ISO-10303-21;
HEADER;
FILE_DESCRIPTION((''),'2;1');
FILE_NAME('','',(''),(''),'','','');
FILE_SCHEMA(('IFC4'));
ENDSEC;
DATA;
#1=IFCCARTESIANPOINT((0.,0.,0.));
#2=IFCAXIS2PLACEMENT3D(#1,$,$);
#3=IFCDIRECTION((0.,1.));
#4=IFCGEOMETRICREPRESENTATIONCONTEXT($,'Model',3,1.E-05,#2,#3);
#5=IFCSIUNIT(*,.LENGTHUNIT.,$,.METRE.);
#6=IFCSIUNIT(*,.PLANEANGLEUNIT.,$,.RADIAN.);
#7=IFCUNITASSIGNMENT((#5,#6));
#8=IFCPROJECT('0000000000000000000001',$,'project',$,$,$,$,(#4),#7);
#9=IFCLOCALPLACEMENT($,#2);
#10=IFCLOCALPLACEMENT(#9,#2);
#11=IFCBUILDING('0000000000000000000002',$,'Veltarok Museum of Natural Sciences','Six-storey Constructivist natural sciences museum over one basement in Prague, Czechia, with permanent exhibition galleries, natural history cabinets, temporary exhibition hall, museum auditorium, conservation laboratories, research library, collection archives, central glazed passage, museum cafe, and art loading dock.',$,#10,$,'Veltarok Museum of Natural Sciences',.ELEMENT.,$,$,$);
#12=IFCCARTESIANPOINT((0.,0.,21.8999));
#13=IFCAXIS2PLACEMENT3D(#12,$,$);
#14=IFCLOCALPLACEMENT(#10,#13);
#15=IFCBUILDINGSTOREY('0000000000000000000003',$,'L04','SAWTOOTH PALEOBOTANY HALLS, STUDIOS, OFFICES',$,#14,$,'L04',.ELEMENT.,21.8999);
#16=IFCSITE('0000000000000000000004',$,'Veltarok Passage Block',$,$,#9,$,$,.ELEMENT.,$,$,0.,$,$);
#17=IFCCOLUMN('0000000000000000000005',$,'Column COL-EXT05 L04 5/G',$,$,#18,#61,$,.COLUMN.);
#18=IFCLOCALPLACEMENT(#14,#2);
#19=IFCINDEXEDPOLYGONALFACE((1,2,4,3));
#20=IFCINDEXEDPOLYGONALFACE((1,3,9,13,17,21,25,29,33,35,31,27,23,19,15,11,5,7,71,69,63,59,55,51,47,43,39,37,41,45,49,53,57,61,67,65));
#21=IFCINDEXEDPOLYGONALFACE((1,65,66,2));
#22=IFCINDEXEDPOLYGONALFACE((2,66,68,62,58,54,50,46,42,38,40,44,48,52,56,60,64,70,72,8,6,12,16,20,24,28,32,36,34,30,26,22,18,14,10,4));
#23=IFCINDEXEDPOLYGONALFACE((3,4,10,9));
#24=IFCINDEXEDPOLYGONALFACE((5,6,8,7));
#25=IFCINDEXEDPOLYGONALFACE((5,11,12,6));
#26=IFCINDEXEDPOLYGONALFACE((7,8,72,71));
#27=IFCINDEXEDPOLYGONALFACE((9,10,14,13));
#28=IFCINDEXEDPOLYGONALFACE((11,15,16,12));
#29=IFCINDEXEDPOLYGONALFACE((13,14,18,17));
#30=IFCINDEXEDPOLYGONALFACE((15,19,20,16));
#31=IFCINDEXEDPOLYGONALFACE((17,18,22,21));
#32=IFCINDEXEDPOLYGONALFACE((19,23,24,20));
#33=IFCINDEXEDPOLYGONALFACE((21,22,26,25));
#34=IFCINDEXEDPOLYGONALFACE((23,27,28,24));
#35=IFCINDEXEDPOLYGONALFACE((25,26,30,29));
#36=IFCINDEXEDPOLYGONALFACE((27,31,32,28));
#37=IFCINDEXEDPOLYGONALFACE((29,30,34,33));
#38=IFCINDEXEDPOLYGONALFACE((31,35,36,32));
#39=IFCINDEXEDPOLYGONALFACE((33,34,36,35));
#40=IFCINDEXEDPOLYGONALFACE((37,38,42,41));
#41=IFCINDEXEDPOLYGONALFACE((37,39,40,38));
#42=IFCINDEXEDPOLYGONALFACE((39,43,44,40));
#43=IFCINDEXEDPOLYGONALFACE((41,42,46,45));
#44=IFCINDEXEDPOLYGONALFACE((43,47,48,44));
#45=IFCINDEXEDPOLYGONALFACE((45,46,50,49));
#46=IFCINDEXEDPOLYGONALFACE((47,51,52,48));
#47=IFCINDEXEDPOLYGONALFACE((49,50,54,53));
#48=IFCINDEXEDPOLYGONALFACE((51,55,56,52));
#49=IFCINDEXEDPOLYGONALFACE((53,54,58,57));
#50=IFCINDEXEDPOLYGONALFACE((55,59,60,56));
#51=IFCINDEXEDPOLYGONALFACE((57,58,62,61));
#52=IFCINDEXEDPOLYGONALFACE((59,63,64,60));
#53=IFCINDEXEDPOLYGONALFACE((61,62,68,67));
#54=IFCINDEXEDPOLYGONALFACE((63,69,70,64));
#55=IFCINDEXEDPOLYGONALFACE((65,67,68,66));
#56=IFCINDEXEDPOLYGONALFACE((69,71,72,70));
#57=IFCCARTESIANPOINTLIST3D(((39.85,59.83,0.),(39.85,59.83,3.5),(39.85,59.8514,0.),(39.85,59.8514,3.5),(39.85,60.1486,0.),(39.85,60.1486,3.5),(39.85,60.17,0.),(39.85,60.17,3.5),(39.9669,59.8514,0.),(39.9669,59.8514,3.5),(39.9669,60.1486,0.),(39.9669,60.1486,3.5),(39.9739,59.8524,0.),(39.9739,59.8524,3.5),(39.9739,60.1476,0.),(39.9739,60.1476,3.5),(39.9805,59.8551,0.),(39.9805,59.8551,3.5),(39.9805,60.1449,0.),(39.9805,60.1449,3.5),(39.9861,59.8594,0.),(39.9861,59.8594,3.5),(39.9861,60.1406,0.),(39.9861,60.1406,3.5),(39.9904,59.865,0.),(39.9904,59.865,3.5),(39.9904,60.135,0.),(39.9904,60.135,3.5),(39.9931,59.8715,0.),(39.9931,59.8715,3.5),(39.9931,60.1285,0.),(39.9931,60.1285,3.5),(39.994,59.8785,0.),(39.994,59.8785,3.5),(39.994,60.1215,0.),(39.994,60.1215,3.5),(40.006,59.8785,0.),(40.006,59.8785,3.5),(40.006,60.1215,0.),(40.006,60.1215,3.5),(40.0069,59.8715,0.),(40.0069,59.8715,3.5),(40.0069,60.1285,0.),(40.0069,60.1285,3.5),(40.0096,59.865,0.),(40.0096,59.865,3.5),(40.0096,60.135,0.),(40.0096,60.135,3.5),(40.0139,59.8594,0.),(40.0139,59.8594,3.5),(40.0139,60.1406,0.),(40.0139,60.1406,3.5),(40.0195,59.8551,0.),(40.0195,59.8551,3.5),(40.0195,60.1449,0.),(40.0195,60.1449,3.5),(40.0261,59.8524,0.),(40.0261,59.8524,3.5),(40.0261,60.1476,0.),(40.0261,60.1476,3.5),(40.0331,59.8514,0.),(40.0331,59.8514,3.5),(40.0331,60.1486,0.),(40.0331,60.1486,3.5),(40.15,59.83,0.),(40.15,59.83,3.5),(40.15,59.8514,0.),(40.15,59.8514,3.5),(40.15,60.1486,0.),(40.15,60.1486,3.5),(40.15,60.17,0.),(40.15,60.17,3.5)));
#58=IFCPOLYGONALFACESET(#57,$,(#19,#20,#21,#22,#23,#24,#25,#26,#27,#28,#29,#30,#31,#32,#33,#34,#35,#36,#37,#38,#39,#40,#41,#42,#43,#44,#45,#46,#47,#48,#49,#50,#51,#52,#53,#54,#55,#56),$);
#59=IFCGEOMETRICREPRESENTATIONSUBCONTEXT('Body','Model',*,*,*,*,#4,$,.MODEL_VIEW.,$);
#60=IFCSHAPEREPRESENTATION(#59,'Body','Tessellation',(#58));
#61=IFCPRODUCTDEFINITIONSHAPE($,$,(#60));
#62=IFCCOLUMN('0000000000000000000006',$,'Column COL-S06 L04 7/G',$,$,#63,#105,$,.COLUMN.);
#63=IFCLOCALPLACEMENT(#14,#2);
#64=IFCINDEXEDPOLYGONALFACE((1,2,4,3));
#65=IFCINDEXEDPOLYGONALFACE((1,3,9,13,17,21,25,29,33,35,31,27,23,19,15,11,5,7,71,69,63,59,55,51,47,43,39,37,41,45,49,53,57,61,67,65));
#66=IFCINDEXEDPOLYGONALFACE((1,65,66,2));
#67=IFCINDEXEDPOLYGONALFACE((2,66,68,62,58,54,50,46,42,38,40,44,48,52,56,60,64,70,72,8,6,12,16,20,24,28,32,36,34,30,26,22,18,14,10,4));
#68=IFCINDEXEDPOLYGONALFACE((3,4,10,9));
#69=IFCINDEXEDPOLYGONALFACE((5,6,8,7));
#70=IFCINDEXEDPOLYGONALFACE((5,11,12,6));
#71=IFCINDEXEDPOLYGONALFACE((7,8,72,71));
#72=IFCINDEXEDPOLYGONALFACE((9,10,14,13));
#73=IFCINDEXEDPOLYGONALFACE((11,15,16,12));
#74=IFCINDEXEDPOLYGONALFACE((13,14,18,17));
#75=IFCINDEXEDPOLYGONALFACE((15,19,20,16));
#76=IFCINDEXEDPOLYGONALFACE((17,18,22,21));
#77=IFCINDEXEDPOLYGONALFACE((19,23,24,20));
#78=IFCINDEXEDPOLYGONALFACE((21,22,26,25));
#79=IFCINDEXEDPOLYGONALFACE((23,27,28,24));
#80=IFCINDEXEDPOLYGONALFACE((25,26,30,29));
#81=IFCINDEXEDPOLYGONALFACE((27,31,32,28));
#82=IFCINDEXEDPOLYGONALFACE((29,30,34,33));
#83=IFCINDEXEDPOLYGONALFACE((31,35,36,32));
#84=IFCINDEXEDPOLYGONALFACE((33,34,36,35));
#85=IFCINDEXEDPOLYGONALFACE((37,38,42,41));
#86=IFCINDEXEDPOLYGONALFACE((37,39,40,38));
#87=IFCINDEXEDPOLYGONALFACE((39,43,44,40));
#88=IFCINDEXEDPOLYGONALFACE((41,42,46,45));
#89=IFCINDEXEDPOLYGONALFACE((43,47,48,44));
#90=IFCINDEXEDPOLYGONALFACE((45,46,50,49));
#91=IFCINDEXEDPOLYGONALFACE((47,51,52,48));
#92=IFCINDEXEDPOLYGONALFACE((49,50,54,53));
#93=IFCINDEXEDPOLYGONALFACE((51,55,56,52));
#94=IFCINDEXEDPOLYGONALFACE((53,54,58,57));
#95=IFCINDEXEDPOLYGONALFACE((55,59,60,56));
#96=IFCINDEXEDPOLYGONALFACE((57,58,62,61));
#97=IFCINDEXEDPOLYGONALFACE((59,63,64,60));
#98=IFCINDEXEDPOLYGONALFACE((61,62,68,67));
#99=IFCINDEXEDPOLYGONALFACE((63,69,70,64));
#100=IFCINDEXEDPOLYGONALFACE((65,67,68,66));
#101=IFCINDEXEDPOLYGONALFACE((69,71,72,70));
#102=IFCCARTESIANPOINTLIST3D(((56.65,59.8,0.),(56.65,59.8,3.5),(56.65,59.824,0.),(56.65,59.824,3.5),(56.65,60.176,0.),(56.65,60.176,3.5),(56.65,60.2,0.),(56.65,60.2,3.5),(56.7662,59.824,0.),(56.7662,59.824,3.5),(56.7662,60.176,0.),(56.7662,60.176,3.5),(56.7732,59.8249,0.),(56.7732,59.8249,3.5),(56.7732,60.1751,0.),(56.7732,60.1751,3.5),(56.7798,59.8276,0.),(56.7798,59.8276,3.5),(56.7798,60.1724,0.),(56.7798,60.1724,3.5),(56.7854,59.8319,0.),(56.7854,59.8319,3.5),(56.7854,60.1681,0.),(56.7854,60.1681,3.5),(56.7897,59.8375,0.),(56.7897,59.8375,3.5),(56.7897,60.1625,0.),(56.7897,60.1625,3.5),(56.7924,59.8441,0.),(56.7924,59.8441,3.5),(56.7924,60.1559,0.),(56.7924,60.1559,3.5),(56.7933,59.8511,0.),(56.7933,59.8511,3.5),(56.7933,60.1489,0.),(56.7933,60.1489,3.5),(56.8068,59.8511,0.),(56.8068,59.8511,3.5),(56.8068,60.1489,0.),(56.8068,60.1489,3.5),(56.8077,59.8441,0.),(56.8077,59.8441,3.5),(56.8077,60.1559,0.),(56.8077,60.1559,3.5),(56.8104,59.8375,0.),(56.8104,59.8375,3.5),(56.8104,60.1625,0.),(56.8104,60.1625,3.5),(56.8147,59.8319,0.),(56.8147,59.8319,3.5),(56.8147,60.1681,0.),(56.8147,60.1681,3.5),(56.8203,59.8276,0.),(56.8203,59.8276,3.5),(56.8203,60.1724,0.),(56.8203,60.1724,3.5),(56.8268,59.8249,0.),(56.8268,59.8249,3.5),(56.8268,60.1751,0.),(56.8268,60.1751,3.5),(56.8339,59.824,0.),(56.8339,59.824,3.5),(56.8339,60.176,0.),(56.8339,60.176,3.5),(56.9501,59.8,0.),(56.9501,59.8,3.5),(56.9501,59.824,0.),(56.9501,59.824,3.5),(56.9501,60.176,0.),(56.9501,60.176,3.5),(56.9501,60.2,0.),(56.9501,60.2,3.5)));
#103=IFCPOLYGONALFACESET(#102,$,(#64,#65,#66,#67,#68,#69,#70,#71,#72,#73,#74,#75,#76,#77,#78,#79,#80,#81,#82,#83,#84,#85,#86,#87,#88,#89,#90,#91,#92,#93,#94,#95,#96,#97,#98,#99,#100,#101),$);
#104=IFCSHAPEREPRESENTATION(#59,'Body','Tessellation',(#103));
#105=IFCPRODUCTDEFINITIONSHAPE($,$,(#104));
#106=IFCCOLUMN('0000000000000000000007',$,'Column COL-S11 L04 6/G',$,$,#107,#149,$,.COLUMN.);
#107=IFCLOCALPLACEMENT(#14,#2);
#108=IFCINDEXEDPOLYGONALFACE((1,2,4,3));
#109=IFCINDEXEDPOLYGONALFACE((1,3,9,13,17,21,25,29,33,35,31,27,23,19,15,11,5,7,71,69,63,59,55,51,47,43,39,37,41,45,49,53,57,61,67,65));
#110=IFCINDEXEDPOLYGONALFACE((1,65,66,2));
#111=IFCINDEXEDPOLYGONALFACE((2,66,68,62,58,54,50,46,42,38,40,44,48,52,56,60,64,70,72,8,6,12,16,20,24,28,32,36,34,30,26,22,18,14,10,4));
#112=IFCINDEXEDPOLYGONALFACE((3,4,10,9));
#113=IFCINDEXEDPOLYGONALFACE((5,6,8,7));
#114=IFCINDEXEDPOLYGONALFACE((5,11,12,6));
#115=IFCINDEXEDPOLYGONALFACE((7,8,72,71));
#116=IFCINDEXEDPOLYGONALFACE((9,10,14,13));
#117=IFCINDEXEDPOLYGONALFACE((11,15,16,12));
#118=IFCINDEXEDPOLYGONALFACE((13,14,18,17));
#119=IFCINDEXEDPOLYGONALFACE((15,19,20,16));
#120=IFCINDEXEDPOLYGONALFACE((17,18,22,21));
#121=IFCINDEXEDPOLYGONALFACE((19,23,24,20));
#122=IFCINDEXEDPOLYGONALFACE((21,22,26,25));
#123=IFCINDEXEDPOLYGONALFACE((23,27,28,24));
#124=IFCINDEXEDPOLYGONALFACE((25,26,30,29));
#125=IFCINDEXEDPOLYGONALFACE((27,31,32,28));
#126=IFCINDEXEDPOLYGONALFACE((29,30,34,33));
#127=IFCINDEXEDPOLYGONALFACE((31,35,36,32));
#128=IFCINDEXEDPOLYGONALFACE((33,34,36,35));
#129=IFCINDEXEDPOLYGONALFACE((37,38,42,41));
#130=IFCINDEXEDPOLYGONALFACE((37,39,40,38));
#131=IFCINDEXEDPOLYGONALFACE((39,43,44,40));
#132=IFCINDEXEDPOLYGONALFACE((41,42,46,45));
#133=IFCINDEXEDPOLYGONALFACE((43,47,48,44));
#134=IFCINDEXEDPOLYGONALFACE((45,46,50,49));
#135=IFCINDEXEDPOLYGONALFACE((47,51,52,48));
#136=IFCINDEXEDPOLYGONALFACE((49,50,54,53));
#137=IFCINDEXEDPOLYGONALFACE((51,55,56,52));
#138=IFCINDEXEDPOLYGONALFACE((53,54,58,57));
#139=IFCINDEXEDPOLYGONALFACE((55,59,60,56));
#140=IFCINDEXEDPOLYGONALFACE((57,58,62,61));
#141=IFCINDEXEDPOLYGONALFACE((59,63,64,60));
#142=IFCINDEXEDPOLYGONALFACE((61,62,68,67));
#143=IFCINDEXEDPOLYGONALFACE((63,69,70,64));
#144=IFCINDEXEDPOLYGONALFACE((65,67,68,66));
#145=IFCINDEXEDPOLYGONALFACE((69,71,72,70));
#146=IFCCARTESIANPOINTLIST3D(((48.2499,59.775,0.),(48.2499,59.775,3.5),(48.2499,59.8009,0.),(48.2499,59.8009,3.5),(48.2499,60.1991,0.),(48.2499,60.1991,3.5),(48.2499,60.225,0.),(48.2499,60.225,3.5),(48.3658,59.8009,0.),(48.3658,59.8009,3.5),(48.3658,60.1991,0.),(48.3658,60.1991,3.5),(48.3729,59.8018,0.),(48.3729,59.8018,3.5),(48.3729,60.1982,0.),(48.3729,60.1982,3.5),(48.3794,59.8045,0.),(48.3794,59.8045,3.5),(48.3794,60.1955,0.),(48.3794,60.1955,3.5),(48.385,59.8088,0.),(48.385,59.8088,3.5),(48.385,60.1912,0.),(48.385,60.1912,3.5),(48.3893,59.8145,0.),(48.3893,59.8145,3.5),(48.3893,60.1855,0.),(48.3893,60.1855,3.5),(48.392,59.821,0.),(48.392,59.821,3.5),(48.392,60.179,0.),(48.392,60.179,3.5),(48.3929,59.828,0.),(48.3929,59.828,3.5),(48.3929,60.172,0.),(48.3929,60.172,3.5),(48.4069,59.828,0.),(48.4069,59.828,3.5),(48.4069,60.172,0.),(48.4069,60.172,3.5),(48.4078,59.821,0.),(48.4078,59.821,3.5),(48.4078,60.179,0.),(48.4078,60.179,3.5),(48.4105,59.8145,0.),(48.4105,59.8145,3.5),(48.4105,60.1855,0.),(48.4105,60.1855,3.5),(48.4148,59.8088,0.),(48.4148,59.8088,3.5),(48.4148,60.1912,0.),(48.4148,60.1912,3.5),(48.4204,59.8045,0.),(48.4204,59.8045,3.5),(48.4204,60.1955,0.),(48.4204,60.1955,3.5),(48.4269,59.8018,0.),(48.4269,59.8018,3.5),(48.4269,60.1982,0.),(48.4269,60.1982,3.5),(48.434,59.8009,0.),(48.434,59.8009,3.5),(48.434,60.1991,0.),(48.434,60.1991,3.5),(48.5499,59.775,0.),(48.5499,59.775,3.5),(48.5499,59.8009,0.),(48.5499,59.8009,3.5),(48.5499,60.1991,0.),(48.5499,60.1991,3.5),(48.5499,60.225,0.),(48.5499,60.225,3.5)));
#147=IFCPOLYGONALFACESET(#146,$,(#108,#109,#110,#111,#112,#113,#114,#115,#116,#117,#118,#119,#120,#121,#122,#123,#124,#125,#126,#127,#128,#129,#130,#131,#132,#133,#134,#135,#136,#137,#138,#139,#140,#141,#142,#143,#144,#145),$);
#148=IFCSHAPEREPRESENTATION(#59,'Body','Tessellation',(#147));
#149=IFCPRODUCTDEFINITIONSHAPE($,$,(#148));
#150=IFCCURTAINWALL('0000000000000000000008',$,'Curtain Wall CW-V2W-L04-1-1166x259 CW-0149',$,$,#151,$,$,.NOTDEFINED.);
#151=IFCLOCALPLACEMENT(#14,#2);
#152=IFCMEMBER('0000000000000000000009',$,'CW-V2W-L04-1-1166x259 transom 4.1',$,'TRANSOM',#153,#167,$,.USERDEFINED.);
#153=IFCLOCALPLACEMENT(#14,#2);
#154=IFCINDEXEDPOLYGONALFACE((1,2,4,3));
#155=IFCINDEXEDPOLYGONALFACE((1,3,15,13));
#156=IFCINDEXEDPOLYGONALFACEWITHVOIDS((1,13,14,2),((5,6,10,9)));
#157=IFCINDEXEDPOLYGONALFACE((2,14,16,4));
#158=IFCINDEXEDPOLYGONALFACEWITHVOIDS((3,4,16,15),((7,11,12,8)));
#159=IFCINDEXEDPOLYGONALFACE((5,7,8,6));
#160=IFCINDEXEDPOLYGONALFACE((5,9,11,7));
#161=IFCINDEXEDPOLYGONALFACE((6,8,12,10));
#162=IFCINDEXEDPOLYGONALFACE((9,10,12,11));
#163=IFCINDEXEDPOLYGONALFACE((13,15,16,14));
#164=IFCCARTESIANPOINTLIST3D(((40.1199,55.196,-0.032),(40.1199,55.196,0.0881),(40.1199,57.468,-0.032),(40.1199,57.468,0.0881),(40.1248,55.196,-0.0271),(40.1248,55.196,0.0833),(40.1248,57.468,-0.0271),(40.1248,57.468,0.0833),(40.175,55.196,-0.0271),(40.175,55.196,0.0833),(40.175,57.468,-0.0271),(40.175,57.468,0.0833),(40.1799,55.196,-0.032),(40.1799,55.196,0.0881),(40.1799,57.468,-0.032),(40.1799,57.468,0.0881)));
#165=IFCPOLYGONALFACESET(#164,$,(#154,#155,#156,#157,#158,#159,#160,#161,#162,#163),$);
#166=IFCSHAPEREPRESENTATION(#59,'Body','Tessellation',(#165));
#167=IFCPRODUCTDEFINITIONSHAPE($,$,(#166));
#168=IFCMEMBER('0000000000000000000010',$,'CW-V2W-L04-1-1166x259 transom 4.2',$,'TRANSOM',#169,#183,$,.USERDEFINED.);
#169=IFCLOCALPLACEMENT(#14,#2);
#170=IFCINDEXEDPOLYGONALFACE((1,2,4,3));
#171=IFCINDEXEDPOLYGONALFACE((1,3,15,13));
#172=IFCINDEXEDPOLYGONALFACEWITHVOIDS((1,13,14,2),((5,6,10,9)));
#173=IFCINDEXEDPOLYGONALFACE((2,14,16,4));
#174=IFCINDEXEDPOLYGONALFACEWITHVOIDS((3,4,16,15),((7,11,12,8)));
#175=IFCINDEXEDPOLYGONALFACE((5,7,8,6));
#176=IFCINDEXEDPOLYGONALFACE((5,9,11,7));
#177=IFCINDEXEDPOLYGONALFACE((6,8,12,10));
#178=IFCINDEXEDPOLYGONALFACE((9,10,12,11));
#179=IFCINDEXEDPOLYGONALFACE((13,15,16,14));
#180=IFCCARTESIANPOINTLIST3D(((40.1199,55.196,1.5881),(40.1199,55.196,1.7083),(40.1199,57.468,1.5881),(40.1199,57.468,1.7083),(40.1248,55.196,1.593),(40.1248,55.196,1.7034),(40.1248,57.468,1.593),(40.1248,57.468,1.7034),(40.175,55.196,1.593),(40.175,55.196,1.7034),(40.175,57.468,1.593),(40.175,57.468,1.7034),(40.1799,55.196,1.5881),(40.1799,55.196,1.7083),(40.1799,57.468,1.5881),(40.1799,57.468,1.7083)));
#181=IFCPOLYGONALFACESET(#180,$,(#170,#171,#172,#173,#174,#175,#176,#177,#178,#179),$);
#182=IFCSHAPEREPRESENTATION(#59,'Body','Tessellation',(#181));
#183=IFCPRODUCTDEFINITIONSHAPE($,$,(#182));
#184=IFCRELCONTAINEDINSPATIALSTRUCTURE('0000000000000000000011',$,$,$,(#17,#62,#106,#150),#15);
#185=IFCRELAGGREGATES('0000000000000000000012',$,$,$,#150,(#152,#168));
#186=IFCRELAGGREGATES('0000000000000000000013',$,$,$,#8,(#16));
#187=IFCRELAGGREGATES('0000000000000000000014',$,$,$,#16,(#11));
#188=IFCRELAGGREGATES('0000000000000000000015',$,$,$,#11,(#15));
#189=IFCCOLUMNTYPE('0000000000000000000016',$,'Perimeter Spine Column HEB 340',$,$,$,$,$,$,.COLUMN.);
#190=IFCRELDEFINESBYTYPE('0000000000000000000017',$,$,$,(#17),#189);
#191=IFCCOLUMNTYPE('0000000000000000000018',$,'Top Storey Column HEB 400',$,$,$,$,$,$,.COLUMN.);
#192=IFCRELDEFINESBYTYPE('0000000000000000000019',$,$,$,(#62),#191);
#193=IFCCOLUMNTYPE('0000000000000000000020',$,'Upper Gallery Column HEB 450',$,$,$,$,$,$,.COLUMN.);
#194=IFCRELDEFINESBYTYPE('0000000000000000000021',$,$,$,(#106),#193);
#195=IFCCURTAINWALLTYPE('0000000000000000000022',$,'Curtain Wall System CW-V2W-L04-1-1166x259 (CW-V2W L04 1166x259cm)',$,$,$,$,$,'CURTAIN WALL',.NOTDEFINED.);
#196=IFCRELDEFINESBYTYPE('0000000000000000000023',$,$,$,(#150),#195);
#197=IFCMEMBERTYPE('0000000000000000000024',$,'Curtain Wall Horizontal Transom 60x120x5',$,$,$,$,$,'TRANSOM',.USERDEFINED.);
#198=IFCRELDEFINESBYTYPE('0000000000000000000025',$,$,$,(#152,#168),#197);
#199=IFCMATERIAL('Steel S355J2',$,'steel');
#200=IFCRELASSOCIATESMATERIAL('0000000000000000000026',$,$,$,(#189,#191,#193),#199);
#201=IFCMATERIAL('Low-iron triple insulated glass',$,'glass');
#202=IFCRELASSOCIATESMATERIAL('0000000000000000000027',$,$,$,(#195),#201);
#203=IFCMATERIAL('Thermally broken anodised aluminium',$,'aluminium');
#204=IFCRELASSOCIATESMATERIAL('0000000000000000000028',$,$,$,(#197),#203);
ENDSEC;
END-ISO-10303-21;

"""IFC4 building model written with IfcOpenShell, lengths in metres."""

from ifc_helpers import new_model, si_unit, direction, frame, origin, origin_2d, place, context, subcontext, project, spatial, hollow_rectangle, i_section, extrude, material, material_profile, profile_set, type_object, element, aggregate, save


model = new_model("IFC4")

# Units and contexts
model_context = context("Model", 3, precision=1e-05, world=origin(), true_north=direction((0.0, 1.0)))
body_context = subcontext(model_context, "Body", "Model", "MODEL_VIEW")
ifc_project = project(units=[si_unit("LENGTHUNIT", "METRE"), si_unit("PLANEANGLEUNIT", "RADIAN")], contexts=[model_context])

# Site, building, storey
site_placement = place(None, origin())
site = spatial("IfcSite", under=ifc_project, at=site_placement, Name="Veltarok Passage Block", CompositionType="ELEMENT", RefElevation=0.0)
building_placement = place(site_placement, origin())
building = spatial("IfcBuilding", under=site, at=building_placement, Name="Veltarok Museum of Natural Sciences", Description="Six-storey Constructivist natural sciences museum over one basement in Prague, Czechia, with permanent exhibition galleries, natural history cabinets, temporary exhibition hall, museum auditorium, conservation laboratories, research library, collection archives, central glazed passage, museum cafe, and art loading dock.", LongName="Veltarok Museum of Natural Sciences", CompositionType="ELEMENT")
storey_placement = place(building_placement, frame((0.0, 0.0, 21.8999)))
storey = spatial("IfcBuildingStorey", under=building, at=storey_placement, Name="L04", Description="SAWTOOTH PALEOBOTANY HALLS, STUDIOS, OFFICES", LongName="L04", CompositionType="ELEMENT", Elevation=21.8999)

# Columns
ifc_material_1 = material(Name="Steel S355J2", Category="steel")
ifc_material_profile_1 = material_profile(ifc_material_1, i_section(OverallWidth=0.3, OverallDepth=0.3401, WebThickness=0.012, FlangeThickness=0.0215, FilletRadius=0.0271, at=origin_2d()), Name="HEB 340")
ifc_profile_set_1 = profile_set([ifc_material_profile_1], Name="Steel S355J2")
column_type_1 = type_object("IfcColumnType", Name="Perimeter Spine Column HEB 340", PredefinedType="COLUMN", material=ifc_profile_set_1)
column_1_placement = place(storey_placement, frame((40.0, 60.0, 0.0), z_axis=(0.0, 0.0, 1.0), x_axis=(1.0, 0.0, 0.0)))
element("IfcColumn", 1, at=column_1_placement, inside=storey, type_object=column_type_1, Name="Column COL-EXT05 L04 5/G", PredefinedType="COLUMN", context=body_context, shape_type="SweptSolid", body=[
    extrude(i_section(OverallWidth=0.3, OverallDepth=0.3401, WebThickness=0.012, FlangeThickness=0.0215, FilletRadius=0.0271, at=origin_2d()), origin(), (0.0, 0.0, 1.0), 3.5),
])
ifc_material_profile_2 = material_profile(ifc_material_1, i_section(OverallWidth=0.3, OverallDepth=0.3999, WebThickness=0.0134, FlangeThickness=0.0239, FilletRadius=0.0271, at=origin_2d()), Name="HEB 400")
ifc_profile_set_2 = profile_set([ifc_material_profile_2], Name="Steel S355J2")
column_type_2 = type_object("IfcColumnType", Name="Top Storey Column HEB 400", PredefinedType="COLUMN", material=ifc_profile_set_2)
column_2_placement = place(storey_placement, frame((56.8, 60.0, 0.0), z_axis=(0.0, 0.0, 1.0), x_axis=(1.0, 0.0, 0.0)))
element("IfcColumn", 2, at=column_2_placement, inside=storey, type_object=column_type_2, Name="Column COL-S06 L04 7/G", PredefinedType="COLUMN", context=body_context, shape_type="SweptSolid", body=[
    extrude(i_section(OverallWidth=0.3, OverallDepth=0.3999, WebThickness=0.0134, FlangeThickness=0.0239, FilletRadius=0.0271, at=origin_2d()), origin(), (0.0, 0.0, 1.0), 3.5),
])
ifc_material_profile_3 = material_profile(ifc_material_1, i_section(OverallWidth=0.3, OverallDepth=0.45, WebThickness=0.0139, FlangeThickness=0.0259, FilletRadius=0.0271, at=origin_2d()), Name="HEB 450")
ifc_profile_set_3 = profile_set([ifc_material_profile_3], Name="Steel S355J2")
column_type_3 = type_object("IfcColumnType", Name="Upper Gallery Column HEB 450", PredefinedType="COLUMN", material=ifc_profile_set_3)
column_3_placement = place(storey_placement, frame((48.3999, 60.0, 0.0), z_axis=(0.0, 0.0, 1.0), x_axis=(1.0, 0.0, 0.0)))
element("IfcColumn", 3, at=column_3_placement, inside=storey, type_object=column_type_3, Name="Column COL-S11 L04 6/G", PredefinedType="COLUMN", context=body_context, shape_type="SweptSolid", body=[
    extrude(i_section(OverallWidth=0.3, OverallDepth=0.45, WebThickness=0.0139, FlangeThickness=0.0259, FilletRadius=0.0271, at=origin_2d()), origin(), (0.0, 0.0, 1.0), 3.5),
])

# Curtain wall, members
ifc_material_2 = material(Name="Low-iron triple insulated glass", Category="glass")
curtain_wall_type = type_object("IfcCurtainWallType", Name="Curtain Wall System CW-V2W-L04-1-1166x259 (CW-V2W L04 1166x259cm)", ElementType="CURTAIN WALL", PredefinedType="NOTDEFINED", material=ifc_material_2)
curtain_wall_placement = place(storey_placement, origin())
curtain_wall = element("IfcCurtainWall", 4, at=curtain_wall_placement, inside=storey, type_object=curtain_wall_type, Name="Curtain Wall CW-V2W-L04-1-1166x259 CW-0149", PredefinedType="NOTDEFINED")
ifc_material_3 = material(Name="Thermally broken anodised aluminium", Category="aluminium")
ifc_material_profile_4 = material_profile(ifc_material_3, hollow_rectangle(XDim=0.0601, YDim=0.1201, WallThickness=0.0049, at=origin_2d()), Name="CW TRANSOM 60x120x5")
ifc_profile_set_4 = profile_set([ifc_material_profile_4], Name="Thermally broken anodised aluminium")
member_type_1 = type_object("IfcMemberType", Name="Curtain Wall Horizontal Transom 60x120x5", ElementType="TRANSOM", PredefinedType="USERDEFINED", material=ifc_profile_set_4)
member_1_placement = place(storey_placement, frame((40.1499, 55.196, 0.0281), z_axis=(0.0, 1.0, 0.0), x_axis=(-1.0, 0.0, 0.0)))
member_1 = element("IfcMember", 5, at=member_1_placement, type_object=member_type_1, Name="CW-V2W-L04-1-1166x259 transom 4.1", ObjectType="TRANSOM", PredefinedType="USERDEFINED", context=body_context, shape_type="SweptSolid", body=[
    extrude(hollow_rectangle(XDim=0.0601, YDim=0.1201, WallThickness=0.0049, at=origin_2d()), origin(), (0.0, 0.0, 1.0), 2.272),
])
member_2_placement = place(storey_placement, frame((40.1499, 55.196, 1.6482), z_axis=(0.0, 1.0, 0.0), x_axis=(-1.0, 0.0, 0.0)))
member_2 = element("IfcMember", 6, at=member_2_placement, type_object=member_type_1, Name="CW-V2W-L04-1-1166x259 transom 4.2", ObjectType="TRANSOM", PredefinedType="USERDEFINED", context=body_context, shape_type="SweptSolid", body=[
    extrude(hollow_rectangle(XDim=0.0601, YDim=0.1201, WallThickness=0.0049, at=origin_2d()), origin(), (0.0, 0.0, 1.0), 2.272),
])

aggregate(curtain_wall, [member_1, member_2])

save(model, "model.ifc")
